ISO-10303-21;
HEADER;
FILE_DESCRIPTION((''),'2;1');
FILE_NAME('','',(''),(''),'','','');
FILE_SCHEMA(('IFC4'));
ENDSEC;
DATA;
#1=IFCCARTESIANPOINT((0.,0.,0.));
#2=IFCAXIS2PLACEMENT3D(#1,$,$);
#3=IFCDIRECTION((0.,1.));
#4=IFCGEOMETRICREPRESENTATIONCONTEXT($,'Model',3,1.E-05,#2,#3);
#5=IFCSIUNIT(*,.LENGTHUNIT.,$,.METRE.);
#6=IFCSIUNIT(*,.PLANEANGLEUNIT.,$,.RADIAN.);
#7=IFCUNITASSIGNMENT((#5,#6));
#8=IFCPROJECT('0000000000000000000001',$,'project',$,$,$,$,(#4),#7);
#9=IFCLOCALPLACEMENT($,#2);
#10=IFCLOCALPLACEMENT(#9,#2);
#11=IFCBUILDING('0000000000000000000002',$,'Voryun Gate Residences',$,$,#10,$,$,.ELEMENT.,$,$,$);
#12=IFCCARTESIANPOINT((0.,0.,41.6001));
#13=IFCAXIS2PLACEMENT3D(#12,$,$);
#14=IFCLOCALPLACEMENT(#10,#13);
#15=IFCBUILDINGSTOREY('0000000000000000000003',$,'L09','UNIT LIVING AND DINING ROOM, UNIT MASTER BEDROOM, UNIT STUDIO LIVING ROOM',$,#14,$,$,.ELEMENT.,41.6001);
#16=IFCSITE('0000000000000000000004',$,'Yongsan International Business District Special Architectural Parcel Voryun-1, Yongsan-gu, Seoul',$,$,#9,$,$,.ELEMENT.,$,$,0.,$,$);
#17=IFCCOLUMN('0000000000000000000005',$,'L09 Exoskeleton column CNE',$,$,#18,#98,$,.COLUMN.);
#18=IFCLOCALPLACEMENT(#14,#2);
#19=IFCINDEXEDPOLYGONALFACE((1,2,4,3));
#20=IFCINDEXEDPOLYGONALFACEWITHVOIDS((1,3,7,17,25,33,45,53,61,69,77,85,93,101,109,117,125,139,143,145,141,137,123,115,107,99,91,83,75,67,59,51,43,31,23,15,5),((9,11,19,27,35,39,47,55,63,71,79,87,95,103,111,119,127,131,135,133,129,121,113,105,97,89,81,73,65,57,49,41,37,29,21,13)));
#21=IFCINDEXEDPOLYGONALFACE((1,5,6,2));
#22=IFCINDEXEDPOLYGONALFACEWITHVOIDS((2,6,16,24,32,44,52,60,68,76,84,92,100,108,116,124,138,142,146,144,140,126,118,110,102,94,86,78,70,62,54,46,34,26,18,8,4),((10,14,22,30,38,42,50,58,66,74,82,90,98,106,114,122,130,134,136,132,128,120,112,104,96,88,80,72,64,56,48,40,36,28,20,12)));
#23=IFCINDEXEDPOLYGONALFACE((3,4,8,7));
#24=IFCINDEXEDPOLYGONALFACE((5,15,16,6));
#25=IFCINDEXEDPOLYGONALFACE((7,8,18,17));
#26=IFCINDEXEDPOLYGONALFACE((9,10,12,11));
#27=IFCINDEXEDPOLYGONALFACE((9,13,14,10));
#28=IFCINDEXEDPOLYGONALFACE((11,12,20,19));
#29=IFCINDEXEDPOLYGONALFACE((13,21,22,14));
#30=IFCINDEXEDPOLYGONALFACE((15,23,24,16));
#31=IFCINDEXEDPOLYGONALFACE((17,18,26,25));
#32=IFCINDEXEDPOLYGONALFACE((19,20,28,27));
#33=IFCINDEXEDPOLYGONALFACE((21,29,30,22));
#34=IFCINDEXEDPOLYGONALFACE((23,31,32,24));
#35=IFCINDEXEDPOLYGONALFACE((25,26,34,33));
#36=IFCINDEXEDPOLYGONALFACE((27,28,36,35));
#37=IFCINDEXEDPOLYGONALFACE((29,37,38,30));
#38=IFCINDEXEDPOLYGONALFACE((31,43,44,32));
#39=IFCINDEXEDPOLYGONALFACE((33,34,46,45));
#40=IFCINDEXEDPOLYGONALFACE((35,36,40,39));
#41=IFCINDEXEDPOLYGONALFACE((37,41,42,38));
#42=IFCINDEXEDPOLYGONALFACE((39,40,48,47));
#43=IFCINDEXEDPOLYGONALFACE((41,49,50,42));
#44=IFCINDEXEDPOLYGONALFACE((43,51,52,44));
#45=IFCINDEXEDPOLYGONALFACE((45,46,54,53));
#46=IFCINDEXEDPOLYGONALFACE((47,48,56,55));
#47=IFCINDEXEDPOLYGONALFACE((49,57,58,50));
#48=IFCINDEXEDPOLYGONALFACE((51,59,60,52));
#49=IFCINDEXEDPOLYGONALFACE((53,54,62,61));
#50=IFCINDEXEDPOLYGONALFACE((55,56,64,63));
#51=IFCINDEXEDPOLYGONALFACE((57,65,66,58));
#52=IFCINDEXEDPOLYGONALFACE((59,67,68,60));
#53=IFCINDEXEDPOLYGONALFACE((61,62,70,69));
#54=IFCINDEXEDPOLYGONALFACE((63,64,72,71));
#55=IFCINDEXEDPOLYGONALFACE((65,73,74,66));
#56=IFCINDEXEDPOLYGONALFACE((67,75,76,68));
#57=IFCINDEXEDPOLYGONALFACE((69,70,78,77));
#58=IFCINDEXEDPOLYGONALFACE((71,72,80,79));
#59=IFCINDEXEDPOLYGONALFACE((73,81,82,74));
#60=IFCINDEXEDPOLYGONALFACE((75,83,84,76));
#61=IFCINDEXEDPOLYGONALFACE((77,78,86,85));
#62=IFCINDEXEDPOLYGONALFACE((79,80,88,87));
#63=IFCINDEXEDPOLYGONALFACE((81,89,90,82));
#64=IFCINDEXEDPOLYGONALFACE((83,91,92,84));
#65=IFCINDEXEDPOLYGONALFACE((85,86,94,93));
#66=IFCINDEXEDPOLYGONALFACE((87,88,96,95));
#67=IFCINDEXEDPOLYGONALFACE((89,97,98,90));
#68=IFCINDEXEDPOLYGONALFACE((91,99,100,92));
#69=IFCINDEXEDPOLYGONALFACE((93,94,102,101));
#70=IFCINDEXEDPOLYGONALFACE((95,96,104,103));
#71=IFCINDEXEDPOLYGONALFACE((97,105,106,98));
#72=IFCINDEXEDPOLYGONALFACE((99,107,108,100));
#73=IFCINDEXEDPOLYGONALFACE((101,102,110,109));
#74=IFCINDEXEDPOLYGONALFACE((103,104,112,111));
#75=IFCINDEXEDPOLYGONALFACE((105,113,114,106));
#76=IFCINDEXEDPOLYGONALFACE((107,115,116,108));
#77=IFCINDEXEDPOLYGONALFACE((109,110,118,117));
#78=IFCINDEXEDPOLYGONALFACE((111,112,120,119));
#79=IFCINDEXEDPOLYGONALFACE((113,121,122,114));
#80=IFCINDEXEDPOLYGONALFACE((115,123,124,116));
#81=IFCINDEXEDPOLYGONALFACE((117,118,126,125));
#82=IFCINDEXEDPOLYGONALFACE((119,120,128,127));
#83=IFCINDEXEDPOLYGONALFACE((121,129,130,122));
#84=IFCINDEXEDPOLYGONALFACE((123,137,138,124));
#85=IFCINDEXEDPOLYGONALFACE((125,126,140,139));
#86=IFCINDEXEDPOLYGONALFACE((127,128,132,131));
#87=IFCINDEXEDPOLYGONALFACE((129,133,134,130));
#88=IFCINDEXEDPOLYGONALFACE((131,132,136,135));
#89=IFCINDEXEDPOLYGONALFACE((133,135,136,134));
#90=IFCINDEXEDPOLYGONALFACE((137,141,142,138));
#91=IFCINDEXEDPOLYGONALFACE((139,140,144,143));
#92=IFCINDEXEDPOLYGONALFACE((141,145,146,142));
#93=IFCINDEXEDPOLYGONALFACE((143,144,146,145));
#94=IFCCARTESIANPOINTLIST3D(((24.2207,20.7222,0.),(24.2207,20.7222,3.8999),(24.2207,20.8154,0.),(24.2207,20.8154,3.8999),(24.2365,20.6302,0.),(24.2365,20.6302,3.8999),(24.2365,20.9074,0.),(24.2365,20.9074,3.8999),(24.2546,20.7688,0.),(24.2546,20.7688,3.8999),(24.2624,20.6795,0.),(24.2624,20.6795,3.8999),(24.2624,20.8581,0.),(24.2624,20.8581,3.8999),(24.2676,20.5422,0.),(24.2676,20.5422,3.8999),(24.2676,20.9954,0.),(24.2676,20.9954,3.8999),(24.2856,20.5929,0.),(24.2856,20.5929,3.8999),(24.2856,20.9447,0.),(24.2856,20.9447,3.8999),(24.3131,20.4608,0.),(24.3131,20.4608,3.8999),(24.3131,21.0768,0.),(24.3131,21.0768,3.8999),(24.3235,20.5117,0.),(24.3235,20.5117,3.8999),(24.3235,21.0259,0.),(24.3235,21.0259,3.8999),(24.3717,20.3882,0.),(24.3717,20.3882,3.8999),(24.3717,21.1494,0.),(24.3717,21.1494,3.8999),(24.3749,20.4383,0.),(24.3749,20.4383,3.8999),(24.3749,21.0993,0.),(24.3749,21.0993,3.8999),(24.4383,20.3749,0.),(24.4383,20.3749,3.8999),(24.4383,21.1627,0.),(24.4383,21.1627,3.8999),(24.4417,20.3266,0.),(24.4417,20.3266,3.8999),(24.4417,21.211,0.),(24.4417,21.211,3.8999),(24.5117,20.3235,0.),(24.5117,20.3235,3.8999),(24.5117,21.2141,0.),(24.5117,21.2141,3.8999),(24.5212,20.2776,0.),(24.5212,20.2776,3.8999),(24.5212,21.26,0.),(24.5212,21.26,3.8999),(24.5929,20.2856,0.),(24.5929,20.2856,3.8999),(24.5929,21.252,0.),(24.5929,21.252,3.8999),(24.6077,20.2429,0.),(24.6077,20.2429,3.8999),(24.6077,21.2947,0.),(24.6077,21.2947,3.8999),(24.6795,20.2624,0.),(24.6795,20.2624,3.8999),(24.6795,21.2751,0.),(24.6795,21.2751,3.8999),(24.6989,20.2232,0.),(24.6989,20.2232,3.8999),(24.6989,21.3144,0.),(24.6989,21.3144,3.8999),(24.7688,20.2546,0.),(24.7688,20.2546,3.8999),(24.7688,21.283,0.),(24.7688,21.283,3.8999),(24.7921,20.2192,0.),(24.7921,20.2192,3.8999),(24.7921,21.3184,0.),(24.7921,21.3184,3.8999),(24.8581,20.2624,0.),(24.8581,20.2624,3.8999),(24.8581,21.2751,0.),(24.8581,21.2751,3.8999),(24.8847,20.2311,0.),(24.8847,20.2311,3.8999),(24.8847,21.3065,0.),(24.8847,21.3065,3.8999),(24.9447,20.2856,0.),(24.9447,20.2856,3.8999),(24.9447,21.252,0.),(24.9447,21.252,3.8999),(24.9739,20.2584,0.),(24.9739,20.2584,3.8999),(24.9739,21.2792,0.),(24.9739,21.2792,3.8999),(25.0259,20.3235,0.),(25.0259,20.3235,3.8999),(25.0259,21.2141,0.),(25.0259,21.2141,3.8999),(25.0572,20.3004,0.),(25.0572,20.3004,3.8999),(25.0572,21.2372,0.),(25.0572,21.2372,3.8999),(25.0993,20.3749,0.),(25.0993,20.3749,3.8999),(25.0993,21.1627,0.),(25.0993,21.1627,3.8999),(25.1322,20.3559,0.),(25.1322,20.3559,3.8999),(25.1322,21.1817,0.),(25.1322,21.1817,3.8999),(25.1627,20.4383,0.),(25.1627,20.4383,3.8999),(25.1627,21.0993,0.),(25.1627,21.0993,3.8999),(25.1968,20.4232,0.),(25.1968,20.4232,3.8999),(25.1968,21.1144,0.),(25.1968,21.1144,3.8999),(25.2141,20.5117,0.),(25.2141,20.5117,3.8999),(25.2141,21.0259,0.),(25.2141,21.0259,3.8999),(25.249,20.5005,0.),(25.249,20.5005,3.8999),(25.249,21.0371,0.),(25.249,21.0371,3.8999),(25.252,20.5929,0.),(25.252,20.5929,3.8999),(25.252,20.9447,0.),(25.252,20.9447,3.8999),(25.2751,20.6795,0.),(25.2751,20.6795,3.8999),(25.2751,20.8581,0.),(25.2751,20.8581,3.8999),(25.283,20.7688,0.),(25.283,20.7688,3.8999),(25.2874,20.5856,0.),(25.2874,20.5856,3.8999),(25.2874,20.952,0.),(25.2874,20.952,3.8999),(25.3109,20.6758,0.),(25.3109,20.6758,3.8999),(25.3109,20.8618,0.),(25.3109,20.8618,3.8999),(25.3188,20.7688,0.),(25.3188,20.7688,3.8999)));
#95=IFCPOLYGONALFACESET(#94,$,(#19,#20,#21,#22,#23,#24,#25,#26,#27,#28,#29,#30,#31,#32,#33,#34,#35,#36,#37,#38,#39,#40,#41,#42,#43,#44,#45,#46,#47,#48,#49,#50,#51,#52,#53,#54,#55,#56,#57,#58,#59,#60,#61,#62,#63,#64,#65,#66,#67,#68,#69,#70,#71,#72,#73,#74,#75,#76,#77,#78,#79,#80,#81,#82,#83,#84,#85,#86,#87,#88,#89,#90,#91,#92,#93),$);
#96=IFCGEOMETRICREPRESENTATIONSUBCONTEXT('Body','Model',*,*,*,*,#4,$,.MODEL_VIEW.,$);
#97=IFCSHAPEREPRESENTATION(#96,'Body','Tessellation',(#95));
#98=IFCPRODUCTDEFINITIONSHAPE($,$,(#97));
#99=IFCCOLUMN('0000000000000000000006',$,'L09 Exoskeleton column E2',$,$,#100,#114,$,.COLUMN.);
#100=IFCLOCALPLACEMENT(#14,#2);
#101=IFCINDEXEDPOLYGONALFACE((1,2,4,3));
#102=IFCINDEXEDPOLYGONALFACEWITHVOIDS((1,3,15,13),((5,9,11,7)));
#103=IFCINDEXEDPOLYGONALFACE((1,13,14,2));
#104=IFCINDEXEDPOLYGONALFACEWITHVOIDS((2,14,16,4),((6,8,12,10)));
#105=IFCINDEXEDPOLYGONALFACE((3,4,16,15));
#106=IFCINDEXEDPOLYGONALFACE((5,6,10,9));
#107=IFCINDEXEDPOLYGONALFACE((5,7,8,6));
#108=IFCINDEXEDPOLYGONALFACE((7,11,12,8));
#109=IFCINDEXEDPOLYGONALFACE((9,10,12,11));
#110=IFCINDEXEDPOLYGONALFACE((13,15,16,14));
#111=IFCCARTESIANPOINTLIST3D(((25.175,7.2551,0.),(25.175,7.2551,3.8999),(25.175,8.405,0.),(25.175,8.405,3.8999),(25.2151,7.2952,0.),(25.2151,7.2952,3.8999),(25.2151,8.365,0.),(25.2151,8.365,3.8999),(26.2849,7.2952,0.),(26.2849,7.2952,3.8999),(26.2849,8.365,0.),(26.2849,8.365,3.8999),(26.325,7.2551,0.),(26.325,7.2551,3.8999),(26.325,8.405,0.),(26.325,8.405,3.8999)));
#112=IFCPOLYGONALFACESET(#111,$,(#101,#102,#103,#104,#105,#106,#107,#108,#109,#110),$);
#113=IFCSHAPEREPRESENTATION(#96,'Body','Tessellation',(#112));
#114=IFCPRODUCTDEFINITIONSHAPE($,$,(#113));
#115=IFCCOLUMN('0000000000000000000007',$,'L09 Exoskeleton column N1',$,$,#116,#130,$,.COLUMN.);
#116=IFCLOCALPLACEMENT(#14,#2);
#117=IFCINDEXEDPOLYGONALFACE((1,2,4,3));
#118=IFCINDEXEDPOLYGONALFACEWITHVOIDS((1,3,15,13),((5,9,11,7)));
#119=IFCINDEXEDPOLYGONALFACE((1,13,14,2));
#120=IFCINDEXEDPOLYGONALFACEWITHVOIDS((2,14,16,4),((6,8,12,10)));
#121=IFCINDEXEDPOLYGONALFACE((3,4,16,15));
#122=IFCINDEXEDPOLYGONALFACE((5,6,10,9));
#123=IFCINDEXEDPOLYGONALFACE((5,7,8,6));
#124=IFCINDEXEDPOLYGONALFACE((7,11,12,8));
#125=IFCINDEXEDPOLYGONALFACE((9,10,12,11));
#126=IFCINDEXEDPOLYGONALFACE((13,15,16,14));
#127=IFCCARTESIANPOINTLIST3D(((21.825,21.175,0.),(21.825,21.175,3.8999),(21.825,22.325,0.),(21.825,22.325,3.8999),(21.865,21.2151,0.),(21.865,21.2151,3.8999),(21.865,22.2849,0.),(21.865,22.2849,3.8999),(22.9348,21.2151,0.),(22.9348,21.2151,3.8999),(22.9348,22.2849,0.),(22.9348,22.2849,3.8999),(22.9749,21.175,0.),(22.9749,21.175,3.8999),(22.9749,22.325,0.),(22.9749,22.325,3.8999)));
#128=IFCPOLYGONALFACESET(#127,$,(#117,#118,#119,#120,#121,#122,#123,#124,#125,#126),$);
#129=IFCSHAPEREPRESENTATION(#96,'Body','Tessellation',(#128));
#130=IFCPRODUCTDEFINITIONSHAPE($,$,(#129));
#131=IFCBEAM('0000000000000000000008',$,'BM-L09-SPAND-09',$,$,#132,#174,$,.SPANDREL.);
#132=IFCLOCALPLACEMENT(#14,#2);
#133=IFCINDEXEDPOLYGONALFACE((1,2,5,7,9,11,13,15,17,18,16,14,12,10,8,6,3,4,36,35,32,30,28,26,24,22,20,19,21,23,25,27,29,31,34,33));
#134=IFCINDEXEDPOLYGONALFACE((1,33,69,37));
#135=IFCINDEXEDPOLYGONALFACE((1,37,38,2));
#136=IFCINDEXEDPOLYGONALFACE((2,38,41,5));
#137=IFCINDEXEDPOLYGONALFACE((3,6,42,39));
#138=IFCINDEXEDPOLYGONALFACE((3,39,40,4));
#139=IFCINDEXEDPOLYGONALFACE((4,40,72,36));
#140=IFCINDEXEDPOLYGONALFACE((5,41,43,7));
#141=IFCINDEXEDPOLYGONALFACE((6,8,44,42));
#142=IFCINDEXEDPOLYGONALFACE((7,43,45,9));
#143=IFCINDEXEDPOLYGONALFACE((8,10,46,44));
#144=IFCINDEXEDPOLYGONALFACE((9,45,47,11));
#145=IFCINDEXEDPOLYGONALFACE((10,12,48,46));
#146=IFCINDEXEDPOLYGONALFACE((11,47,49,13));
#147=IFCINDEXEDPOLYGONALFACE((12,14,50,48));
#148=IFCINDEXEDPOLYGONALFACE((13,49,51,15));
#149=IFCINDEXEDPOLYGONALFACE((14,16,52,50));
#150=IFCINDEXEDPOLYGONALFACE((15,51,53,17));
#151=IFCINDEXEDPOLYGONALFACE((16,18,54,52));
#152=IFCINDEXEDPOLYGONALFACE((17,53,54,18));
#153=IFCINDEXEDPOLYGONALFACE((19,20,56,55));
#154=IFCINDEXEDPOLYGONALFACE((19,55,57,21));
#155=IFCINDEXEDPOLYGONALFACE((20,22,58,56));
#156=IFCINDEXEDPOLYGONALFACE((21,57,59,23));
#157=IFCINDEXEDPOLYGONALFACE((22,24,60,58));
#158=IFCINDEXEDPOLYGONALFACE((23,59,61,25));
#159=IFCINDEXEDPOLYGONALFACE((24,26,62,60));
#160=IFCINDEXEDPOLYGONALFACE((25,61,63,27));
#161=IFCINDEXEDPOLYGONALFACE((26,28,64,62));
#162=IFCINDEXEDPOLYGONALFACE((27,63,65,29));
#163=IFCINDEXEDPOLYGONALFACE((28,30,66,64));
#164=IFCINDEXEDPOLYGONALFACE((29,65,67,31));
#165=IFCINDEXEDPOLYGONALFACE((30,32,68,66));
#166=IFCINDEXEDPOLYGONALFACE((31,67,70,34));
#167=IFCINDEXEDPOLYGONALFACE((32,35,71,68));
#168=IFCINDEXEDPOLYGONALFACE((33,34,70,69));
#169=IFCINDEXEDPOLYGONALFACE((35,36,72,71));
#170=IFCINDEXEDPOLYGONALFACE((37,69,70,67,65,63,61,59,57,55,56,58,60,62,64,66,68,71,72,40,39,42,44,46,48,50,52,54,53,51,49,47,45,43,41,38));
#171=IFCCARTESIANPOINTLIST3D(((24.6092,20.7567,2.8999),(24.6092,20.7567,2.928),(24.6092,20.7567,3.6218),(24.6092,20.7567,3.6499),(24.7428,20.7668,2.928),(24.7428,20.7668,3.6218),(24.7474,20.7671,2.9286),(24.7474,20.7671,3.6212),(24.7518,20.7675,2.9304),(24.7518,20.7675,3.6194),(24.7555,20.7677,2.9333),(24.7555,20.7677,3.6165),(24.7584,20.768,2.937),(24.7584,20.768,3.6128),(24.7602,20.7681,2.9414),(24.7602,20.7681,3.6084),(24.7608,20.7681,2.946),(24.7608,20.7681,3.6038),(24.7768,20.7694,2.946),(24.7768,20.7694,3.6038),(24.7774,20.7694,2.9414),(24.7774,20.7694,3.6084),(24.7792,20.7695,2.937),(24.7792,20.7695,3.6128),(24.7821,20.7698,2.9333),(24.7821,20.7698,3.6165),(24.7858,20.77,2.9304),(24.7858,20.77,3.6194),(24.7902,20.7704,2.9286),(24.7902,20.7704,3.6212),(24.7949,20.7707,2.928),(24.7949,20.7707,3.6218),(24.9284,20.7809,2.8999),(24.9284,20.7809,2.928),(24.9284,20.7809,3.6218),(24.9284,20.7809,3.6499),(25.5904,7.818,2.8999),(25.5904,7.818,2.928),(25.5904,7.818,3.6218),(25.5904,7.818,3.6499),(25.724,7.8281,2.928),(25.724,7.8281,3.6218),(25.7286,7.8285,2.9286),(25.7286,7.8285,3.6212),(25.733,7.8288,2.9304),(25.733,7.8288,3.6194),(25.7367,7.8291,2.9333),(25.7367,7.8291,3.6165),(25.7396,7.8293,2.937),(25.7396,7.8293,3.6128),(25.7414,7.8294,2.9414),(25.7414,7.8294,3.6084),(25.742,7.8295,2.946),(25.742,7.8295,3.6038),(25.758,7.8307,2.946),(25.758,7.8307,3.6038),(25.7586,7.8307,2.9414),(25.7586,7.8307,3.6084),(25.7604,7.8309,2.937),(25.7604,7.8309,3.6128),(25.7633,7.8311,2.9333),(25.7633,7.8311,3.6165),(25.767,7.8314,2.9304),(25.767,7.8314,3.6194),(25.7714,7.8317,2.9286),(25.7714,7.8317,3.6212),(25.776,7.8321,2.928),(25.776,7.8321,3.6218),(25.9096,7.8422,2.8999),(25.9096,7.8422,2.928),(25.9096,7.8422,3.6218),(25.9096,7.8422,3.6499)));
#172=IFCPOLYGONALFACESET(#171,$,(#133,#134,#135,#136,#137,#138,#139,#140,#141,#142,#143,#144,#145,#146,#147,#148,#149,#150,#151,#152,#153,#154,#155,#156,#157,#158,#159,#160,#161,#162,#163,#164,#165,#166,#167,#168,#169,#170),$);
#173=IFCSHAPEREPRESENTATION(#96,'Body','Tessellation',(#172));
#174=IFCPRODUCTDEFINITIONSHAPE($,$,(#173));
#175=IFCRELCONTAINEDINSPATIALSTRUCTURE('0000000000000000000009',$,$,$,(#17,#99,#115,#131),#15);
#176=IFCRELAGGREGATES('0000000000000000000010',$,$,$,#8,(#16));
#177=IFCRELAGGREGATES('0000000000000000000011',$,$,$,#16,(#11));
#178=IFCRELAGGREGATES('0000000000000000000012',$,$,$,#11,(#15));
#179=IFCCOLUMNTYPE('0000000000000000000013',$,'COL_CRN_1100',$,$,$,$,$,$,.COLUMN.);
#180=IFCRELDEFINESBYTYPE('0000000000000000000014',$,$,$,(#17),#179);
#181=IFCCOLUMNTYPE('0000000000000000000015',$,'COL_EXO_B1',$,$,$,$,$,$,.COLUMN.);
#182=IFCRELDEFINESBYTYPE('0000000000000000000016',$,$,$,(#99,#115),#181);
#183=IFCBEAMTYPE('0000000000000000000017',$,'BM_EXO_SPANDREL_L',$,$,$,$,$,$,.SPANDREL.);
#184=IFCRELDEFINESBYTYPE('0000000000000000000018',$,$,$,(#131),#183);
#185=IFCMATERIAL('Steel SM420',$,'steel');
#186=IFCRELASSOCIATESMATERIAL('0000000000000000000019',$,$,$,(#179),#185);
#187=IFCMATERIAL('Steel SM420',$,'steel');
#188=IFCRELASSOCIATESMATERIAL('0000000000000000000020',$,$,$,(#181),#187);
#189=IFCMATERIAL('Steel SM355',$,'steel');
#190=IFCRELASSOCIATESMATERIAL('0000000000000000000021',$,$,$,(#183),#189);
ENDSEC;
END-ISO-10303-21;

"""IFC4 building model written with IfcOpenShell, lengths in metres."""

from ifc_helpers import new_model, si_unit, direction, frame, origin, origin_2d, place, context, subcontext, project, spatial, hollow_rectangle, hollow_circle, i_section, extrude, material, material_profile, profile_set, type_object, element, save


model = new_model("IFC4")

# Units and contexts
model_context = context("Model", 3, precision=1e-05, world=origin(), true_north=direction((0.0, 1.0)))
body_context = subcontext(model_context, "Body", "Model", "MODEL_VIEW")
ifc_project = project(units=[si_unit("LENGTHUNIT", "METRE"), si_unit("PLANEANGLEUNIT", "RADIAN")], contexts=[model_context])

# Site, building, storey
site_placement = place(None, origin())
site = spatial("IfcSite", under=ifc_project, at=site_placement, Name="Yongsan International Business District Special Architectural Parcel Voryun-1, Yongsan-gu, Seoul", CompositionType="ELEMENT", RefElevation=0.0)
building_placement = place(site_placement, origin())
building = spatial("IfcBuilding", under=site, at=building_placement, Name="Voryun Gate Residences", CompositionType="ELEMENT")
storey_placement = place(building_placement, frame((0.0, 0.0, 41.6001)))
storey = spatial("IfcBuildingStorey", under=building, at=storey_placement, Name="L09", Description="UNIT LIVING AND DINING ROOM, UNIT MASTER BEDROOM, UNIT STUDIO LIVING ROOM", CompositionType="ELEMENT", Elevation=41.6001)

# Columns
ifc_material_1 = material(Name="Steel SM420", Category="steel")
ifc_material_profile_1 = material_profile(ifc_material_1, hollow_circle(Radius=0.55, WallThickness=0.0359, at=origin_2d()), Name="CHS-1100x36")
ifc_profile_set_1 = profile_set([ifc_material_profile_1], Name="Steel SM420")
column_type_1 = type_object("IfcColumnType", Name="COL_CRN_1100", PredefinedType="COLUMN", material=ifc_profile_set_1)
column_placement = place(storey_placement, frame((24.7688, 20.7688, 0.0), z_axis=(0.0, 0.0, 1.0), x_axis=(1.0, 0.0, 0.0)))
element("IfcColumn", 1, at=column_placement, inside=storey, type_object=column_type_1, Name="L09 Exoskeleton column CNE", PredefinedType="COLUMN", context=body_context, shape_type="SweptSolid", body=[
    extrude(hollow_circle(Radius=0.55, WallThickness=0.0359, at=origin_2d()), origin(), (0.0, 0.0, 1.0), 3.8999),
])
ifc_material_2 = material(Name="Steel SM420", Category="steel")
ifc_material_profile_2 = material_profile(ifc_material_2, hollow_rectangle(XDim=1.1499, YDim=1.1499, WallThickness=0.04, at=origin_2d()), Name="BOX-1150x1150x40")
ifc_profile_set_2 = profile_set([ifc_material_profile_2], Name="Steel SM420")
column_type_2 = type_object("IfcColumnType", Name="COL_EXO_B1", PredefinedType="COLUMN", material=ifc_profile_set_2)
for number, where, z_axis, x_axis, name in (
    (2, (25.75, 7.8301, 0.0), (0.0, 0.0, 1.0), (1.0, 0.0, 0.0), "L09 Exoskeleton column E2"),
    (3, (22.3999, 21.75, 0.0), (0.0, 0.0, 1.0), (1.0, 0.0, 0.0), "L09 Exoskeleton column N1"),
):
    element("IfcColumn", number, at=place(storey_placement, frame(where, z_axis=z_axis, x_axis=x_axis)), inside=storey, type_object=column_type_2, Name=name, PredefinedType="COLUMN", context=body_context, shape_type="SweptSolid", body=[
        extrude(hollow_rectangle(XDim=1.1499, YDim=1.1499, WallThickness=0.04, at=origin_2d()), origin(), (0.0, 0.0, 1.0), 3.8999),
    ])

# Beam
ifc_material_3 = material(Name="Steel SM355", Category="steel")
ifc_material_profile_3 = material_profile(ifc_material_3, i_section(OverallWidth=0.3201, OverallDepth=0.75, WebThickness=0.0161, FlangeThickness=0.0281, FilletRadius=0.0181, at=origin_2d()), Name="H-750x320x16x28")
ifc_profile_set_3 = profile_set([ifc_material_profile_3], Name="Steel SM355")
beam_type = type_object("IfcBeamType", Name="BM_EXO_SPANDREL_L", PredefinedType="SPANDREL", material=ifc_profile_set_3)
beam_1_placement = place(storey_placement, frame((25.75, 7.8301, 3.2749), z_axis=(-0.075617, 0.997137, 0.0), x_axis=(-0.997137, -0.075617, 0.0)))
element("IfcBeam", 4, at=beam_1_placement, inside=storey, type_object=beam_type, Name="BM-L09-SPAND-09", PredefinedType="SPANDREL", context=body_context, shape_type="SweptSolid", body=[
    extrude(i_section(OverallWidth=0.3201, OverallDepth=0.75, WebThickness=0.0161, FlangeThickness=0.0281, FilletRadius=0.0181, at=origin_2d()), origin(), (0.0, 0.0, 1.0), 12.9758),
])

save(model, "model.ifc")
